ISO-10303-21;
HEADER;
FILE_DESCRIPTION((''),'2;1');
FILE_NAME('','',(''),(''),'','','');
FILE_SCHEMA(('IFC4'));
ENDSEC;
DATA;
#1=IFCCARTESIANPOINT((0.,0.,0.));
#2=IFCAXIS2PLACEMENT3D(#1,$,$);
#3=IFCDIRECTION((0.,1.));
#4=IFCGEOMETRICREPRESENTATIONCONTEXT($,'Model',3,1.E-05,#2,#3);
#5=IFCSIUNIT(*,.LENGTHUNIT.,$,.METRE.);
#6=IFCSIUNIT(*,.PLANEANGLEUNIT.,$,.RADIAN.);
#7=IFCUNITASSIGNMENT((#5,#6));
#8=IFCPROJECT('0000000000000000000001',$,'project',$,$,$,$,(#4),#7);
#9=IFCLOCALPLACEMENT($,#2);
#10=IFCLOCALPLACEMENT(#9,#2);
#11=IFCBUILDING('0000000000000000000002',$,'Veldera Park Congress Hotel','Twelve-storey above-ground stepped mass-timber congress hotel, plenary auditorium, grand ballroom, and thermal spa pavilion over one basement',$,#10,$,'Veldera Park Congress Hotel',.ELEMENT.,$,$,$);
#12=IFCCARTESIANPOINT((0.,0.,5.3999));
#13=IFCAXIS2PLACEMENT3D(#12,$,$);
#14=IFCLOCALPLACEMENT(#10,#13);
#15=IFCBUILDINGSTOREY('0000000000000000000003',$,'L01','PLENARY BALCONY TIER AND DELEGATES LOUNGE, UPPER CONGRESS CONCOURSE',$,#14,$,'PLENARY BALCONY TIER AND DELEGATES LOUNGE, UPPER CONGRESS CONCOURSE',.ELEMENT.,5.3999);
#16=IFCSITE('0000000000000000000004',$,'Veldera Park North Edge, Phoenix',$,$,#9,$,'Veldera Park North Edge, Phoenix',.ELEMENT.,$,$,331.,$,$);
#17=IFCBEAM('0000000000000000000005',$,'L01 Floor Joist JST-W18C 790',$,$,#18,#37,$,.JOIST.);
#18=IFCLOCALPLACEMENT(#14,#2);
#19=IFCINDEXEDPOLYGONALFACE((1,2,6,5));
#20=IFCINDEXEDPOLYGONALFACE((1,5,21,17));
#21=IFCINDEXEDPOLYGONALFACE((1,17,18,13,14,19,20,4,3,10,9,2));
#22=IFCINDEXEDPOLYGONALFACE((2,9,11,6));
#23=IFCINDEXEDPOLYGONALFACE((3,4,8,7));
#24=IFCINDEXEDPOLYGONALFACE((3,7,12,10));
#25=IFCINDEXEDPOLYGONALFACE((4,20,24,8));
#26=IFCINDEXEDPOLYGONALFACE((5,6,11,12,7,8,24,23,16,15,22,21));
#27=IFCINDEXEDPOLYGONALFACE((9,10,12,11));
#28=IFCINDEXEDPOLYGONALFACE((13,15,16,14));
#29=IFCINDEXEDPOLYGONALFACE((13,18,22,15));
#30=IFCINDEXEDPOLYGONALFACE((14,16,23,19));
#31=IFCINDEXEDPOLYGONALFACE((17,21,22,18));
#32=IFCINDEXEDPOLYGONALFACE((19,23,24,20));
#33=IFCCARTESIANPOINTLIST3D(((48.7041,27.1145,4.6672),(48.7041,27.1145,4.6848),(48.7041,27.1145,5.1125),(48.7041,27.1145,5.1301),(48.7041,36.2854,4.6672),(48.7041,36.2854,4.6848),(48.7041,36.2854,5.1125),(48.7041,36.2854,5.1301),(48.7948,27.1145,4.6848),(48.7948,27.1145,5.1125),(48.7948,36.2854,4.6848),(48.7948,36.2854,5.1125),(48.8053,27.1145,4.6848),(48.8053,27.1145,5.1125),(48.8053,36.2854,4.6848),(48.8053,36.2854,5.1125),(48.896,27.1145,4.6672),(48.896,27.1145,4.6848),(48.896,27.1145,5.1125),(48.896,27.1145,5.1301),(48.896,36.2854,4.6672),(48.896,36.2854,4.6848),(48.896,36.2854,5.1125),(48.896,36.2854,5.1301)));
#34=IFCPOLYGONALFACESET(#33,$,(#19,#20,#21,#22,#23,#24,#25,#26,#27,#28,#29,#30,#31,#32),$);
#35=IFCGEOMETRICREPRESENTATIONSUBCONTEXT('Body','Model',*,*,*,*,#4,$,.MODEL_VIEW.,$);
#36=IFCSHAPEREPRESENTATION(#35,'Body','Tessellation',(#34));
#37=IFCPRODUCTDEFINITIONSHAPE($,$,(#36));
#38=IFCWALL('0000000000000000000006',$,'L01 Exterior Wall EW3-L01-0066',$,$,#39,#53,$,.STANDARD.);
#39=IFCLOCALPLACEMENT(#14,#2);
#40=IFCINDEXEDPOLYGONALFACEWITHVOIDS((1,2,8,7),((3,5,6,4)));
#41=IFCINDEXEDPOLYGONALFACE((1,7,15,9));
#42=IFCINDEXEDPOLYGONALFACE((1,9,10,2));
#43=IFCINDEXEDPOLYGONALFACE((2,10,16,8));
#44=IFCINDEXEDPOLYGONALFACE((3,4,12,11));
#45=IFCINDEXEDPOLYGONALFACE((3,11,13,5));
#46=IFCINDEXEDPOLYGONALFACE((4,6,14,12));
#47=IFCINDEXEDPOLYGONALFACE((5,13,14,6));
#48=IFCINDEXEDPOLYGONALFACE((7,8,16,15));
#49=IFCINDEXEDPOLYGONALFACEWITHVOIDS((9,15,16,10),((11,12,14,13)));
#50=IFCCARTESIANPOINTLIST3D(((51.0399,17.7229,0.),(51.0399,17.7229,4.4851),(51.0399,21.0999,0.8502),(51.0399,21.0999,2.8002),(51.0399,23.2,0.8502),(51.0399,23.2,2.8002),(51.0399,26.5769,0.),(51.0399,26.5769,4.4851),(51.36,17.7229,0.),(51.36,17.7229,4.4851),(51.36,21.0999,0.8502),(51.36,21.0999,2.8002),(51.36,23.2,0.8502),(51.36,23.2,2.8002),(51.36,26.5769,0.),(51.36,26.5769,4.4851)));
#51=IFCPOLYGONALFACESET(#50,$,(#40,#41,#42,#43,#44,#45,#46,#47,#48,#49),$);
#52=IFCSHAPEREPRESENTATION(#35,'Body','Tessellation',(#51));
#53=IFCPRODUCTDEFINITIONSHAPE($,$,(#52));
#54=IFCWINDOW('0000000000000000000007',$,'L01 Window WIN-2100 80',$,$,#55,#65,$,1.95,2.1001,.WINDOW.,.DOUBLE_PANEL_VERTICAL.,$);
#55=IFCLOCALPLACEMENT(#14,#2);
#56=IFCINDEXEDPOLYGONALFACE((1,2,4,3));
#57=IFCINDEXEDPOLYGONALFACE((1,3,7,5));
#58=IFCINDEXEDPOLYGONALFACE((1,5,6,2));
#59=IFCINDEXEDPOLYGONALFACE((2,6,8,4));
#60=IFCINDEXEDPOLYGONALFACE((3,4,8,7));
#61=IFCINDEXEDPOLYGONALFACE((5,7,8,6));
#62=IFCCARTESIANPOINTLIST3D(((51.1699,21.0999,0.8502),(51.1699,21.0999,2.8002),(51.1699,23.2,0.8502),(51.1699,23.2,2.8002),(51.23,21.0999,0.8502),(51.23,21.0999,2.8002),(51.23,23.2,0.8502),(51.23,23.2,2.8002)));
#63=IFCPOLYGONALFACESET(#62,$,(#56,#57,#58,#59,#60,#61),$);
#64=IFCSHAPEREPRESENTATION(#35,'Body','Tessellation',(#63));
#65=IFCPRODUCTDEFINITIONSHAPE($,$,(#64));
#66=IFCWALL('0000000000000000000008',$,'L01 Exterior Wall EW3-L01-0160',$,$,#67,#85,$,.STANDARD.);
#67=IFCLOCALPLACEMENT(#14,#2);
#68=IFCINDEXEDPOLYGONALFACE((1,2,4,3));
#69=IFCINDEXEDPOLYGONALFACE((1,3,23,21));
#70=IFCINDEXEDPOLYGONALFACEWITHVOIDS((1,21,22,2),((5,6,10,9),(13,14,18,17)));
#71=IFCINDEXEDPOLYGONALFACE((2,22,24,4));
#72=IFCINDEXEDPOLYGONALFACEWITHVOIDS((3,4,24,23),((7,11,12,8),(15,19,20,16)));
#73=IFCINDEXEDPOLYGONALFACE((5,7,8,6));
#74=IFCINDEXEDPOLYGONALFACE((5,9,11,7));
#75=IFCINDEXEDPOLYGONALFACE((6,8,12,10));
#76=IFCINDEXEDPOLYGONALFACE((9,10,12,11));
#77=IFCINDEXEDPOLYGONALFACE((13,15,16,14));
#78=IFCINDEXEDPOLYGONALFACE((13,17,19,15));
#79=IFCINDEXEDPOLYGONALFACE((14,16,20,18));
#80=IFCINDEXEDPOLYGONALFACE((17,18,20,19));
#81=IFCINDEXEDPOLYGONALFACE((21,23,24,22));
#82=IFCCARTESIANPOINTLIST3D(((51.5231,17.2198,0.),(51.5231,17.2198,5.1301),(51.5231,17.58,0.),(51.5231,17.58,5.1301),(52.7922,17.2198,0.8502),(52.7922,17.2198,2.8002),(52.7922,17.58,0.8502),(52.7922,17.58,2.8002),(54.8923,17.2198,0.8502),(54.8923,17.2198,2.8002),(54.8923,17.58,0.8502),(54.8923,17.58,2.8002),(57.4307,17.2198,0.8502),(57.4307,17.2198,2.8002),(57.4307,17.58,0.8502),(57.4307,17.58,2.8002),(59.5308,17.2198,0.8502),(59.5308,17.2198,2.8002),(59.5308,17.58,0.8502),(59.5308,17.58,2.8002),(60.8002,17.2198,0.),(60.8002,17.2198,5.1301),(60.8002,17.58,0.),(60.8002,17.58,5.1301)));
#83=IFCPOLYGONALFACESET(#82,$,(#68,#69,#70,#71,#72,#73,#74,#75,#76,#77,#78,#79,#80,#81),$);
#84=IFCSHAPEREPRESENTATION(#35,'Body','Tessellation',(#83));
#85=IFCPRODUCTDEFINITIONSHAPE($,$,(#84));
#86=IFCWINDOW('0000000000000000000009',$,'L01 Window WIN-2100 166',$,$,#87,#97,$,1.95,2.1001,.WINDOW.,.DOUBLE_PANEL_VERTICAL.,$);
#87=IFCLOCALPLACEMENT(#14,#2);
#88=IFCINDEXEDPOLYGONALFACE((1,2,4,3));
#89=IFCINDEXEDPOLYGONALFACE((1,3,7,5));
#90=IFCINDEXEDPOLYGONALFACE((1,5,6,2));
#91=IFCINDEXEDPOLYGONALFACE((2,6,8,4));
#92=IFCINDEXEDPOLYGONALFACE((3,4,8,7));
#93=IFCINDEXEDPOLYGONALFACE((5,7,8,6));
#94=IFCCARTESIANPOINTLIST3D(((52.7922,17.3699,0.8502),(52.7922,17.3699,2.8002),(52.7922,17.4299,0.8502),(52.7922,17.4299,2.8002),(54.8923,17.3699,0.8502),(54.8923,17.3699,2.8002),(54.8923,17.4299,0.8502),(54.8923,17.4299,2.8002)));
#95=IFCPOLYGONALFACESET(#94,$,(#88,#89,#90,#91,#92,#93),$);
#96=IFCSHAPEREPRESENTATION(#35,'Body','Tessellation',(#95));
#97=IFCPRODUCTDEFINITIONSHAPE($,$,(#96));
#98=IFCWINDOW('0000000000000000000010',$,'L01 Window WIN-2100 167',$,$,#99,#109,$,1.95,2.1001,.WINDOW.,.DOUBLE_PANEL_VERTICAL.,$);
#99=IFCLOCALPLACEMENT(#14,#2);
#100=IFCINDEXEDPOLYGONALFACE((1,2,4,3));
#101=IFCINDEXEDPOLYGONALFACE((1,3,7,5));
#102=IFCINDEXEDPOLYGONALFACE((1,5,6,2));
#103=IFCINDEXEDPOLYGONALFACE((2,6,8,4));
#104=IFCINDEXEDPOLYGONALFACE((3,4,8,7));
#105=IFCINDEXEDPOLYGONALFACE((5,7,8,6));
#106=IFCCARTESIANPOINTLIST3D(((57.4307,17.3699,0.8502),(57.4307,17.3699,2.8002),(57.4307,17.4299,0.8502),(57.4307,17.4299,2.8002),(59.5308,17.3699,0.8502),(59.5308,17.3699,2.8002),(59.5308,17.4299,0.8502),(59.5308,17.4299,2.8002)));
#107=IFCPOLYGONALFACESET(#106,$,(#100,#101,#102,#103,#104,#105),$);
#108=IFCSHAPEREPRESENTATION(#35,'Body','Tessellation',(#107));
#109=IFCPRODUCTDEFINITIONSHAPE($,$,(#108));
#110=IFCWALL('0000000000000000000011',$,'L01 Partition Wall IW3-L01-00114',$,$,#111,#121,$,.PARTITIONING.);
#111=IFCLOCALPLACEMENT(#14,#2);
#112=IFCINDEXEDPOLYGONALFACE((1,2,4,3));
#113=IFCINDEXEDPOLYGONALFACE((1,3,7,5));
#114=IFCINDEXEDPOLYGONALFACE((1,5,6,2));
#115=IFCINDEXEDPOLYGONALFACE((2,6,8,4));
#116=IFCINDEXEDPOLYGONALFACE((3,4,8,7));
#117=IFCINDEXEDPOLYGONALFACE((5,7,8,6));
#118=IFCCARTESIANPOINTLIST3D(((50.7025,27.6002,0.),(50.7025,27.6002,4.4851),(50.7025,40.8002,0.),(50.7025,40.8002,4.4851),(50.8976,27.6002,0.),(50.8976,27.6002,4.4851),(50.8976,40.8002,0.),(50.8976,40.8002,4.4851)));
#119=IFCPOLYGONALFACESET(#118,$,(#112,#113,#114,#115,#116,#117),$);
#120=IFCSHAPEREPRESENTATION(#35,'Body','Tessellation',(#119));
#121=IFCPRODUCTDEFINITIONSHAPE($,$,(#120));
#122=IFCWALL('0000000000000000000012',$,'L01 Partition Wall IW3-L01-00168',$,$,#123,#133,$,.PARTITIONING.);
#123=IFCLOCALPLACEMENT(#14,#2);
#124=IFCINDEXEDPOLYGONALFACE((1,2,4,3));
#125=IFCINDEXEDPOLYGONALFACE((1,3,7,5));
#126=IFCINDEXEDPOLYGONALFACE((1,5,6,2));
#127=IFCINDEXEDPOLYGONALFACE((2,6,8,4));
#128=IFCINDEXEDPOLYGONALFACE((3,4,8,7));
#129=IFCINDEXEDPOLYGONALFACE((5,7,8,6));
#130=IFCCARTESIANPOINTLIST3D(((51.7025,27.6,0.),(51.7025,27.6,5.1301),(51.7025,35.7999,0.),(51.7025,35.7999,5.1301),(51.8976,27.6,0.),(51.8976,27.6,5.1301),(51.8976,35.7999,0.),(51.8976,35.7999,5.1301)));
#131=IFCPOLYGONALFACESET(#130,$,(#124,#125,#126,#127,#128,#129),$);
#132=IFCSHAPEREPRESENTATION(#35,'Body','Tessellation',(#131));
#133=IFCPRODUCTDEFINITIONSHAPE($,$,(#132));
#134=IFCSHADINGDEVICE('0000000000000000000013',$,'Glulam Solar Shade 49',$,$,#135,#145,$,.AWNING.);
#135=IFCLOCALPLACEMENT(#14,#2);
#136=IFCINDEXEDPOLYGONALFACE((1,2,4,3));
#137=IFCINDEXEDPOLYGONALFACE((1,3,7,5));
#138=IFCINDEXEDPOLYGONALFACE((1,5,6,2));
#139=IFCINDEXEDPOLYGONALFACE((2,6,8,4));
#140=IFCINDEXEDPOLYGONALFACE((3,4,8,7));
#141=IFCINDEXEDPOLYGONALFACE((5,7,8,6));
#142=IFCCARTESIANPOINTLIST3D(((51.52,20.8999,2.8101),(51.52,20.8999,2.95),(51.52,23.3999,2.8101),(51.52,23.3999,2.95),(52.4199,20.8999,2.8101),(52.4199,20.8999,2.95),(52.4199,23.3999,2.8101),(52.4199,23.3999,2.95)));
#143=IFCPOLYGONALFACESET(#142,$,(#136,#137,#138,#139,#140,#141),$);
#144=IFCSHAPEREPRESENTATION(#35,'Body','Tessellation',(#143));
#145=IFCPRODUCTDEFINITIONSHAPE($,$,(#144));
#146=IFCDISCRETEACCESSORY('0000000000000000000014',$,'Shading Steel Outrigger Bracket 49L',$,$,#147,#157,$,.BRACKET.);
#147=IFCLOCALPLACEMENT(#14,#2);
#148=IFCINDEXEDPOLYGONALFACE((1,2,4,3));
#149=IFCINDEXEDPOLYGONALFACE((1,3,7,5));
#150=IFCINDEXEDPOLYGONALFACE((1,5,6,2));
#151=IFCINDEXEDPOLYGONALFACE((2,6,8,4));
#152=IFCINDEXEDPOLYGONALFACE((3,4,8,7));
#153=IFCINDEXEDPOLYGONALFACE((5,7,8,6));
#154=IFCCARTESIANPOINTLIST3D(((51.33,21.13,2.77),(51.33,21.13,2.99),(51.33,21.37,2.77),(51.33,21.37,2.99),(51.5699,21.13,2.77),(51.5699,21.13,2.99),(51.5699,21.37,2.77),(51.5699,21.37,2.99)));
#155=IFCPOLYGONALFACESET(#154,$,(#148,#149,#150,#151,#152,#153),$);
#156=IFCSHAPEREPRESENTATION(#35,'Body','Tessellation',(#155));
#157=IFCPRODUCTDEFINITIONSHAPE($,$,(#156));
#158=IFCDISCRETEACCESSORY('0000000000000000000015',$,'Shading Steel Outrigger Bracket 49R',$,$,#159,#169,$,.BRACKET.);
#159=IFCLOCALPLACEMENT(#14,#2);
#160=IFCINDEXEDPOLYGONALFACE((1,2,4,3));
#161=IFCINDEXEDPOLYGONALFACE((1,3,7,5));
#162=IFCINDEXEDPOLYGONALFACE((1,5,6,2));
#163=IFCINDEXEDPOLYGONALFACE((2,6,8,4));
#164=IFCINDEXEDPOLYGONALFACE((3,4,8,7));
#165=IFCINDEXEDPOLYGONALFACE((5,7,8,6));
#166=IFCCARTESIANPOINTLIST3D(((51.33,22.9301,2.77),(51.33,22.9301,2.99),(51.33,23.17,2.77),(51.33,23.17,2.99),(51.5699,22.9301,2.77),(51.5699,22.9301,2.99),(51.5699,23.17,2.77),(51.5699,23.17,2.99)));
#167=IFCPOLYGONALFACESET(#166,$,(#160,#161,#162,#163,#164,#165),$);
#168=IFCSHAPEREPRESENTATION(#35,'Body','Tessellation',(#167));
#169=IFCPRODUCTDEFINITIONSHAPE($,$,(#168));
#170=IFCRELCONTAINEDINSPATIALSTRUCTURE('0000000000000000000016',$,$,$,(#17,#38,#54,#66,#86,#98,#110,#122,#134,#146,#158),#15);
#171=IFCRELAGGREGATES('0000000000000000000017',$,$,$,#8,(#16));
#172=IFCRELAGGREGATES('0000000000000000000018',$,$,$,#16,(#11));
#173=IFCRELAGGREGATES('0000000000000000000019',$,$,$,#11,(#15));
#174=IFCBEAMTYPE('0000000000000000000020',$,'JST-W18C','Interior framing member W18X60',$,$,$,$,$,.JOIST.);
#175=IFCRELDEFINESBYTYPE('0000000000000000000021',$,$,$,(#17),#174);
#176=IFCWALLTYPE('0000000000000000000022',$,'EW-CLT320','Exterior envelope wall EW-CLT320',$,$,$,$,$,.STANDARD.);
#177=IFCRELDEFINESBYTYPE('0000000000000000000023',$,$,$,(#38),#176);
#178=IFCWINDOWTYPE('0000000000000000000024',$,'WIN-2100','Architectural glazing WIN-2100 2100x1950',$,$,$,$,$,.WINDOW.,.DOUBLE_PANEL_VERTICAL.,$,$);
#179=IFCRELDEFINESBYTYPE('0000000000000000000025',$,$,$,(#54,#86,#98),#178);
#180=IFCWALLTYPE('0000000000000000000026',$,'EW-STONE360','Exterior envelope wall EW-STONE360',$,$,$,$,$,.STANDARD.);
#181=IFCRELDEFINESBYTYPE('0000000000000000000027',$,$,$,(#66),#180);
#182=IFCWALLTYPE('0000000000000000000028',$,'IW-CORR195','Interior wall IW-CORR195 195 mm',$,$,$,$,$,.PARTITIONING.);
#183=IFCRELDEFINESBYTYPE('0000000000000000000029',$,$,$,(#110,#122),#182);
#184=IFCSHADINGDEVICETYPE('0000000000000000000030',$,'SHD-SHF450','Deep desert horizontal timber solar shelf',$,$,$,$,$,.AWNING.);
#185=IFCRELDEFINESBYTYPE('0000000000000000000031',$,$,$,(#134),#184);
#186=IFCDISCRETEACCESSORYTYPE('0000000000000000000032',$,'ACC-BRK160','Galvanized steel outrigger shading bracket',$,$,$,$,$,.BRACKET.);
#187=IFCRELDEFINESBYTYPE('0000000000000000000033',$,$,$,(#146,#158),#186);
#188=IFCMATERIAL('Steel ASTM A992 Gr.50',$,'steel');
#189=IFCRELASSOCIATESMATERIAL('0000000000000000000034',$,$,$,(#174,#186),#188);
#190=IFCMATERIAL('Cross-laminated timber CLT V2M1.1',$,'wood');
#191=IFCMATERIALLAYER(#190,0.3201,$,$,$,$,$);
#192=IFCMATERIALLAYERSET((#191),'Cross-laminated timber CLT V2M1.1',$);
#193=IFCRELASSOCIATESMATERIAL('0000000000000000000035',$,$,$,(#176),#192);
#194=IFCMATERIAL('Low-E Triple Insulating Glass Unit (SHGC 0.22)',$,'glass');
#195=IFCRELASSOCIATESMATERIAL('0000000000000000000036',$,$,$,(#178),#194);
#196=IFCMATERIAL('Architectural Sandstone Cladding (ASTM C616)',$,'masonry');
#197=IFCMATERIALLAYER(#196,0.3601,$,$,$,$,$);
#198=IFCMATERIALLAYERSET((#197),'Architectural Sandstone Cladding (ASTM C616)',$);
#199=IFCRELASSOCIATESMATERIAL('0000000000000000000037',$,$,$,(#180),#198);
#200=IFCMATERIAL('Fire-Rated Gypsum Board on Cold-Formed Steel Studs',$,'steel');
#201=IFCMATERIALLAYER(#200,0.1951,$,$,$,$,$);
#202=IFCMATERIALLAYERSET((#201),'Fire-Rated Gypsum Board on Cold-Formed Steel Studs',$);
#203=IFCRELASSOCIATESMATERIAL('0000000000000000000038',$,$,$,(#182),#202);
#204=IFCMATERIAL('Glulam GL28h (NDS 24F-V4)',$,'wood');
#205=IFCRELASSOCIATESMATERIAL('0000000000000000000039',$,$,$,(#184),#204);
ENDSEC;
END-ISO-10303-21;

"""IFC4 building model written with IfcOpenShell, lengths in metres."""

from ifc_helpers import new_model, si_unit, direction, frame, frame_2d, origin, origin_2d, place, context, subcontext, project, spatial, rectangle, i_section, extrude, material, layer, layer_set, material_profile, profile_set, type_object, element, fill, save


model = new_model("IFC4")

# Units and contexts
model_context = context("Model", 3, precision=1e-05, world=origin(), true_north=direction((0.0, 1.0)))
body_context = subcontext(model_context, "Body", "Model", "MODEL_VIEW")
ifc_project = project(units=[si_unit("LENGTHUNIT", "METRE"), si_unit("PLANEANGLEUNIT", "RADIAN")], contexts=[model_context])

# Site, building, storey
site_placement = place(None, origin())
site = spatial("IfcSite", under=ifc_project, at=site_placement, Name="Veldera Park North Edge, Phoenix", LongName="Veldera Park North Edge, Phoenix", CompositionType="ELEMENT", RefElevation=331.0)
building_placement = place(site_placement, origin())
building = spatial("IfcBuilding", under=site, at=building_placement, Name="Veldera Park Congress Hotel", Description="Twelve-storey above-ground stepped mass-timber congress hotel, plenary auditorium, grand ballroom, and thermal spa pavilion over one basement", LongName="Veldera Park Congress Hotel", CompositionType="ELEMENT")
storey_placement = place(building_placement, frame((0.0, 0.0, 5.3999)))
storey = spatial("IfcBuildingStorey", under=building, at=storey_placement, Name="L01", Description="PLENARY BALCONY TIER AND DELEGATES LOUNGE, UPPER CONGRESS CONCOURSE", LongName="PLENARY BALCONY TIER AND DELEGATES LOUNGE, UPPER CONGRESS CONCOURSE", CompositionType="ELEMENT", Elevation=5.3999)

# Beam
ifc_material_1 = material(Name="Glulam GL28h (NDS 24F-V4)", Category="wood")
ifc_material_2 = material(Name="Steel ASTM A992 Gr.50", Category="steel")
ifc_material_profile_1 = material_profile(ifc_material_2, i_section(OverallWidth=0.1919, OverallDepth=0.4629, WebThickness=0.0105, FlangeThickness=0.0176, at=origin_2d()), Name="W18X60")
ifc_profile_set_1 = profile_set([ifc_material_profile_1], Name="Steel ASTM A992 Gr.50")
beam_type_1 = type_object("IfcBeamType", Name="JST-W18C", Description="Interior framing member W18X60", PredefinedType="JOIST", material=ifc_profile_set_1)
for number, where, z_axis, x_axis, name in (
    (1, (48.8, 27.1145, 4.8987), (0.0, 1.0, 0.0), (-1.0, 0.0, 0.0), "L01 Floor Joist JST-W18C 790"),
):
    element("IfcBeam", number, at=place(storey_placement, frame(where, z_axis=z_axis, x_axis=x_axis)), inside=storey, type_object=beam_type_1, Name=name, PredefinedType="JOIST", context=body_context, shape_type="SweptSolid", body=[
        extrude(i_section(OverallWidth=0.1919, OverallDepth=0.4629, WebThickness=0.0105, FlangeThickness=0.0176, at=origin_2d()), origin(), (0.0, 0.0, 1.0), 9.1709),
    ])

# Wall, opening, window
ifc_material_3 = material(Name="Cross-laminated timber CLT V2M1.1", Category="wood")
ifc_layer_1 = layer(ifc_material_3, 0.3201)
ifc_layer_set_1 = layer_set([ifc_layer_1], Name="Cross-laminated timber CLT V2M1.1")
wall_type_1 = type_object("IfcWallType", Name="EW-CLT320", Description="Exterior envelope wall EW-CLT320", PredefinedType="STANDARD", material=ifc_layer_set_1)
wall_1_placement = place(storey_placement, frame((51.2, 17.7229, 0.0), z_axis=(0.0, 0.0, 1.0), x_axis=(0.0, 1.0, 0.0)))
wall_1 = element("IfcWall", 2, at=wall_1_placement, inside=storey, type_object=wall_type_1, Name="L01 Exterior Wall EW3-L01-0066", PredefinedType="STANDARD", context=body_context, shape_type="SweptSolid", body=[
    extrude(rectangle(XDim=8.854, YDim=0.3201, at=frame_2d((4.427, 0.0))), origin(), (0.0, 0.0, 1.0), 4.4851),
])
opening_1_placement = place(wall_1_placement, frame((3.377, 0.0, 0.8501)))
opening_1 = element("IfcOpeningElement", 3, at=opening_1_placement, cuts=wall_1, PredefinedType="OPENING", context=body_context, shape_type="SweptSolid", body=[
    extrude(rectangle(XDim=2.1001, YDim=1.95, at=frame_2d((1.05, 0.9751))), frame((0.0, 0.1721, 0.0), z_axis=(0.0, -1.0, 0.0), x_axis=(1.0, 0.0, 0.0)), (0.0, 0.0, 1.0), 0.344),
])
ifc_material_4 = material(Name="Low-E Triple Insulating Glass Unit (SHGC 0.22)", Category="glass")
window_type = type_object("IfcWindowType", Name="WIN-2100", Description="Architectural glazing WIN-2100 2100x1950", PartitioningType="DOUBLE_PANEL_VERTICAL", PredefinedType="WINDOW", material=ifc_material_4)
window_1_placement = place(opening_1_placement, origin())
window_1 = element("IfcWindow", 4, at=window_1_placement, inside=storey, type_object=window_type, Name="L01 Window WIN-2100 80", OverallHeight=1.95, OverallWidth=2.1001, PartitioningType="DOUBLE_PANEL_VERTICAL", PredefinedType="WINDOW", context=body_context, shape_type="SweptSolid", body=[
    extrude(rectangle(XDim=2.1001, YDim=1.95, at=frame_2d((1.05, 0.9751))), frame((0.0, 0.03, 0.0), z_axis=(0.0, -1.0, 0.0), x_axis=(1.0, 0.0, 0.0)), (0.0, 0.0, 1.0), 0.0601),
])
fill(opening_1, window_1)

# Wall, openings, windows
ifc_material_5 = material(Name="Architectural Sandstone Cladding (ASTM C616)", Category="masonry")
ifc_layer_2 = layer(ifc_material_5, 0.3601)
ifc_layer_set_2 = layer_set([ifc_layer_2], Name="Architectural Sandstone Cladding (ASTM C616)")
wall_type_2 = type_object("IfcWallType", Name="EW-STONE360", Description="Exterior envelope wall EW-STONE360", PredefinedType="STANDARD", material=ifc_layer_set_2)
wall_2_placement = place(storey_placement, frame((51.5229, 17.3999, 0.0), z_axis=(0.0, 0.0, 1.0), x_axis=(1.0, 0.0, 0.0)))
wall_2 = element("IfcWall", 5, at=wall_2_placement, inside=storey, type_object=wall_type_2, Name="L01 Exterior Wall EW3-L01-0160", PredefinedType="STANDARD", context=body_context, shape_type="SweptSolid", body=[
    extrude(rectangle(XDim=9.2771, YDim=0.3601, at=frame_2d((4.6387, 0.0))), origin(), (0.0, 0.0, 1.0), 5.1301),
])
opening_2_placement = place(wall_2_placement, frame((1.2693, 0.0, 0.8501)))
opening_2 = element("IfcOpeningElement", 6, at=opening_2_placement, cuts=wall_2, PredefinedType="OPENING", context=body_context, shape_type="SweptSolid", body=[
    extrude(rectangle(XDim=2.1001, YDim=1.95, at=frame_2d((1.05, 0.9751))), frame((0.0, 0.1921, 0.0), z_axis=(0.0, -1.0, 0.0), x_axis=(1.0, 0.0, 0.0)), (0.0, 0.0, 1.0), 0.384),
])
opening_3_placement = place(wall_2_placement, frame((5.9077, 0.0, 0.8501)))
opening_3 = element("IfcOpeningElement", 7, at=opening_3_placement, cuts=wall_2, PredefinedType="OPENING", context=body_context, shape_type="SweptSolid", body=[
    extrude(rectangle(XDim=2.1001, YDim=1.95, at=frame_2d((1.05, 0.9751))), frame((0.0, 0.1921, 0.0), z_axis=(0.0, -1.0, 0.0), x_axis=(1.0, 0.0, 0.0)), (0.0, 0.0, 1.0), 0.384),
])
window_2_placement = place(opening_2_placement, origin())
window_2 = element("IfcWindow", 8, at=window_2_placement, inside=storey, type_object=window_type, Name="L01 Window WIN-2100 166", OverallHeight=1.95, OverallWidth=2.1001, PartitioningType="DOUBLE_PANEL_VERTICAL", PredefinedType="WINDOW", context=body_context, shape_type="SweptSolid", body=[
    extrude(rectangle(XDim=2.1001, YDim=1.95, at=frame_2d((1.05, 0.9751))), frame((0.0, 0.03, 0.0), z_axis=(0.0, -1.0, 0.0), x_axis=(1.0, 0.0, 0.0)), (0.0, 0.0, 1.0), 0.0601),
])
fill(opening_2, window_2)
window_3_placement = place(opening_3_placement, origin())
window_3 = element("IfcWindow", 9, at=window_3_placement, inside=storey, type_object=window_type, Name="L01 Window WIN-2100 167", OverallHeight=1.95, OverallWidth=2.1001, PartitioningType="DOUBLE_PANEL_VERTICAL", PredefinedType="WINDOW", context=body_context, shape_type="SweptSolid", body=[
    extrude(rectangle(XDim=2.1001, YDim=1.95, at=frame_2d((1.05, 0.9751))), frame((0.0, 0.03, 0.0), z_axis=(0.0, -1.0, 0.0), x_axis=(1.0, 0.0, 0.0)), (0.0, 0.0, 1.0), 0.0601),
])
fill(opening_3, window_3)

# Walls
ifc_material_6 = material(Name="Fire-Rated Gypsum Board on Cold-Formed Steel Studs", Category="steel")
ifc_layer_3 = layer(ifc_material_6, 0.1951)
ifc_layer_set_3 = layer_set([ifc_layer_3], Name="Fire-Rated Gypsum Board on Cold-Formed Steel Studs")
wall_type_3 = type_object("IfcWallType", Name="IW-CORR195", Description="Interior wall IW-CORR195 195 mm", PredefinedType="PARTITIONING", material=ifc_layer_set_3)
wall_3_placement = place(storey_placement, frame((50.8, 27.6001, 0.0), z_axis=(0.0, 0.0, 1.0), x_axis=(0.0, 1.0, 0.0)))
element("IfcWall", 10, at=wall_3_placement, inside=storey, type_object=wall_type_3, Name="L01 Partition Wall IW3-L01-00114", PredefinedType="PARTITIONING", context=body_context, shape_type="SweptSolid", body=[
    extrude(rectangle(XDim=13.2, YDim=0.1951, at=frame_2d((6.6001, 0.0))), origin(), (0.0, 0.0, 1.0), 4.4851),
])
wall_4_placement = place(storey_placement, frame((51.8, 35.8, 0.0), z_axis=(0.0, 0.0, 1.0), x_axis=(0.0, -1.0, 0.0)))
element("IfcWall", 11, at=wall_4_placement, inside=storey, type_object=wall_type_3, Name="L01 Partition Wall IW3-L01-00168", PredefinedType="PARTITIONING", context=body_context, shape_type="SweptSolid", body=[
    extrude(rectangle(XDim=8.2, YDim=0.1951, at=frame_2d((4.1001, 0.0))), origin(), (0.0, 0.0, 1.0), 5.1301),
])

# Shading device
shading_device_type = type_object("IfcShadingDeviceType", Name="SHD-SHF450", Description="Deep desert horizontal timber solar shelf", PredefinedType="AWNING", material=ifc_material_1)
shading_device_placement = place(storey_placement, frame((51.97, 22.1499, 2.8101), z_axis=(0.0, 0.0, 1.0), x_axis=(0.0, 1.0, 0.0)))
element("IfcShadingDevice", 12, at=shading_device_placement, inside=storey, type_object=shading_device_type, Name="Glulam Solar Shade 49", PredefinedType="AWNING", context=body_context, shape_type="SweptSolid", body=[
    extrude(rectangle(XDim=2.5, YDim=0.8999, at=origin_2d()), origin(), (0.0, 0.0, 1.0), 0.1399),
])

# Discrete accessories
discrete_accessory_type = type_object("IfcDiscreteAccessoryType", Name="ACC-BRK160", Description="Galvanized steel outrigger shading bracket", PredefinedType="BRACKET", material=ifc_material_2)
for number, where, z_axis, x_axis, name in (
    (13, (51.45, 21.25, 2.77), (0.0, 0.0, 1.0), (0.0, 1.0, 0.0), "Shading Steel Outrigger Bracket 49L"),
    (14, (51.45, 23.05, 2.77), (0.0, 0.0, 1.0), (0.0, 1.0, 0.0), "Shading Steel Outrigger Bracket 49R"),
):
    element("IfcDiscreteAccessory", number, at=place(storey_placement, frame(where, z_axis=z_axis, x_axis=x_axis)), inside=storey, type_object=discrete_accessory_type, Name=name, PredefinedType="BRACKET", context=body_context, shape_type="SweptSolid", body=[
        extrude(rectangle(XDim=0.24, YDim=0.24, at=origin_2d()), origin(), (0.0, 0.0, 1.0), 0.22),
    ])

save(model, "model.ifc")
